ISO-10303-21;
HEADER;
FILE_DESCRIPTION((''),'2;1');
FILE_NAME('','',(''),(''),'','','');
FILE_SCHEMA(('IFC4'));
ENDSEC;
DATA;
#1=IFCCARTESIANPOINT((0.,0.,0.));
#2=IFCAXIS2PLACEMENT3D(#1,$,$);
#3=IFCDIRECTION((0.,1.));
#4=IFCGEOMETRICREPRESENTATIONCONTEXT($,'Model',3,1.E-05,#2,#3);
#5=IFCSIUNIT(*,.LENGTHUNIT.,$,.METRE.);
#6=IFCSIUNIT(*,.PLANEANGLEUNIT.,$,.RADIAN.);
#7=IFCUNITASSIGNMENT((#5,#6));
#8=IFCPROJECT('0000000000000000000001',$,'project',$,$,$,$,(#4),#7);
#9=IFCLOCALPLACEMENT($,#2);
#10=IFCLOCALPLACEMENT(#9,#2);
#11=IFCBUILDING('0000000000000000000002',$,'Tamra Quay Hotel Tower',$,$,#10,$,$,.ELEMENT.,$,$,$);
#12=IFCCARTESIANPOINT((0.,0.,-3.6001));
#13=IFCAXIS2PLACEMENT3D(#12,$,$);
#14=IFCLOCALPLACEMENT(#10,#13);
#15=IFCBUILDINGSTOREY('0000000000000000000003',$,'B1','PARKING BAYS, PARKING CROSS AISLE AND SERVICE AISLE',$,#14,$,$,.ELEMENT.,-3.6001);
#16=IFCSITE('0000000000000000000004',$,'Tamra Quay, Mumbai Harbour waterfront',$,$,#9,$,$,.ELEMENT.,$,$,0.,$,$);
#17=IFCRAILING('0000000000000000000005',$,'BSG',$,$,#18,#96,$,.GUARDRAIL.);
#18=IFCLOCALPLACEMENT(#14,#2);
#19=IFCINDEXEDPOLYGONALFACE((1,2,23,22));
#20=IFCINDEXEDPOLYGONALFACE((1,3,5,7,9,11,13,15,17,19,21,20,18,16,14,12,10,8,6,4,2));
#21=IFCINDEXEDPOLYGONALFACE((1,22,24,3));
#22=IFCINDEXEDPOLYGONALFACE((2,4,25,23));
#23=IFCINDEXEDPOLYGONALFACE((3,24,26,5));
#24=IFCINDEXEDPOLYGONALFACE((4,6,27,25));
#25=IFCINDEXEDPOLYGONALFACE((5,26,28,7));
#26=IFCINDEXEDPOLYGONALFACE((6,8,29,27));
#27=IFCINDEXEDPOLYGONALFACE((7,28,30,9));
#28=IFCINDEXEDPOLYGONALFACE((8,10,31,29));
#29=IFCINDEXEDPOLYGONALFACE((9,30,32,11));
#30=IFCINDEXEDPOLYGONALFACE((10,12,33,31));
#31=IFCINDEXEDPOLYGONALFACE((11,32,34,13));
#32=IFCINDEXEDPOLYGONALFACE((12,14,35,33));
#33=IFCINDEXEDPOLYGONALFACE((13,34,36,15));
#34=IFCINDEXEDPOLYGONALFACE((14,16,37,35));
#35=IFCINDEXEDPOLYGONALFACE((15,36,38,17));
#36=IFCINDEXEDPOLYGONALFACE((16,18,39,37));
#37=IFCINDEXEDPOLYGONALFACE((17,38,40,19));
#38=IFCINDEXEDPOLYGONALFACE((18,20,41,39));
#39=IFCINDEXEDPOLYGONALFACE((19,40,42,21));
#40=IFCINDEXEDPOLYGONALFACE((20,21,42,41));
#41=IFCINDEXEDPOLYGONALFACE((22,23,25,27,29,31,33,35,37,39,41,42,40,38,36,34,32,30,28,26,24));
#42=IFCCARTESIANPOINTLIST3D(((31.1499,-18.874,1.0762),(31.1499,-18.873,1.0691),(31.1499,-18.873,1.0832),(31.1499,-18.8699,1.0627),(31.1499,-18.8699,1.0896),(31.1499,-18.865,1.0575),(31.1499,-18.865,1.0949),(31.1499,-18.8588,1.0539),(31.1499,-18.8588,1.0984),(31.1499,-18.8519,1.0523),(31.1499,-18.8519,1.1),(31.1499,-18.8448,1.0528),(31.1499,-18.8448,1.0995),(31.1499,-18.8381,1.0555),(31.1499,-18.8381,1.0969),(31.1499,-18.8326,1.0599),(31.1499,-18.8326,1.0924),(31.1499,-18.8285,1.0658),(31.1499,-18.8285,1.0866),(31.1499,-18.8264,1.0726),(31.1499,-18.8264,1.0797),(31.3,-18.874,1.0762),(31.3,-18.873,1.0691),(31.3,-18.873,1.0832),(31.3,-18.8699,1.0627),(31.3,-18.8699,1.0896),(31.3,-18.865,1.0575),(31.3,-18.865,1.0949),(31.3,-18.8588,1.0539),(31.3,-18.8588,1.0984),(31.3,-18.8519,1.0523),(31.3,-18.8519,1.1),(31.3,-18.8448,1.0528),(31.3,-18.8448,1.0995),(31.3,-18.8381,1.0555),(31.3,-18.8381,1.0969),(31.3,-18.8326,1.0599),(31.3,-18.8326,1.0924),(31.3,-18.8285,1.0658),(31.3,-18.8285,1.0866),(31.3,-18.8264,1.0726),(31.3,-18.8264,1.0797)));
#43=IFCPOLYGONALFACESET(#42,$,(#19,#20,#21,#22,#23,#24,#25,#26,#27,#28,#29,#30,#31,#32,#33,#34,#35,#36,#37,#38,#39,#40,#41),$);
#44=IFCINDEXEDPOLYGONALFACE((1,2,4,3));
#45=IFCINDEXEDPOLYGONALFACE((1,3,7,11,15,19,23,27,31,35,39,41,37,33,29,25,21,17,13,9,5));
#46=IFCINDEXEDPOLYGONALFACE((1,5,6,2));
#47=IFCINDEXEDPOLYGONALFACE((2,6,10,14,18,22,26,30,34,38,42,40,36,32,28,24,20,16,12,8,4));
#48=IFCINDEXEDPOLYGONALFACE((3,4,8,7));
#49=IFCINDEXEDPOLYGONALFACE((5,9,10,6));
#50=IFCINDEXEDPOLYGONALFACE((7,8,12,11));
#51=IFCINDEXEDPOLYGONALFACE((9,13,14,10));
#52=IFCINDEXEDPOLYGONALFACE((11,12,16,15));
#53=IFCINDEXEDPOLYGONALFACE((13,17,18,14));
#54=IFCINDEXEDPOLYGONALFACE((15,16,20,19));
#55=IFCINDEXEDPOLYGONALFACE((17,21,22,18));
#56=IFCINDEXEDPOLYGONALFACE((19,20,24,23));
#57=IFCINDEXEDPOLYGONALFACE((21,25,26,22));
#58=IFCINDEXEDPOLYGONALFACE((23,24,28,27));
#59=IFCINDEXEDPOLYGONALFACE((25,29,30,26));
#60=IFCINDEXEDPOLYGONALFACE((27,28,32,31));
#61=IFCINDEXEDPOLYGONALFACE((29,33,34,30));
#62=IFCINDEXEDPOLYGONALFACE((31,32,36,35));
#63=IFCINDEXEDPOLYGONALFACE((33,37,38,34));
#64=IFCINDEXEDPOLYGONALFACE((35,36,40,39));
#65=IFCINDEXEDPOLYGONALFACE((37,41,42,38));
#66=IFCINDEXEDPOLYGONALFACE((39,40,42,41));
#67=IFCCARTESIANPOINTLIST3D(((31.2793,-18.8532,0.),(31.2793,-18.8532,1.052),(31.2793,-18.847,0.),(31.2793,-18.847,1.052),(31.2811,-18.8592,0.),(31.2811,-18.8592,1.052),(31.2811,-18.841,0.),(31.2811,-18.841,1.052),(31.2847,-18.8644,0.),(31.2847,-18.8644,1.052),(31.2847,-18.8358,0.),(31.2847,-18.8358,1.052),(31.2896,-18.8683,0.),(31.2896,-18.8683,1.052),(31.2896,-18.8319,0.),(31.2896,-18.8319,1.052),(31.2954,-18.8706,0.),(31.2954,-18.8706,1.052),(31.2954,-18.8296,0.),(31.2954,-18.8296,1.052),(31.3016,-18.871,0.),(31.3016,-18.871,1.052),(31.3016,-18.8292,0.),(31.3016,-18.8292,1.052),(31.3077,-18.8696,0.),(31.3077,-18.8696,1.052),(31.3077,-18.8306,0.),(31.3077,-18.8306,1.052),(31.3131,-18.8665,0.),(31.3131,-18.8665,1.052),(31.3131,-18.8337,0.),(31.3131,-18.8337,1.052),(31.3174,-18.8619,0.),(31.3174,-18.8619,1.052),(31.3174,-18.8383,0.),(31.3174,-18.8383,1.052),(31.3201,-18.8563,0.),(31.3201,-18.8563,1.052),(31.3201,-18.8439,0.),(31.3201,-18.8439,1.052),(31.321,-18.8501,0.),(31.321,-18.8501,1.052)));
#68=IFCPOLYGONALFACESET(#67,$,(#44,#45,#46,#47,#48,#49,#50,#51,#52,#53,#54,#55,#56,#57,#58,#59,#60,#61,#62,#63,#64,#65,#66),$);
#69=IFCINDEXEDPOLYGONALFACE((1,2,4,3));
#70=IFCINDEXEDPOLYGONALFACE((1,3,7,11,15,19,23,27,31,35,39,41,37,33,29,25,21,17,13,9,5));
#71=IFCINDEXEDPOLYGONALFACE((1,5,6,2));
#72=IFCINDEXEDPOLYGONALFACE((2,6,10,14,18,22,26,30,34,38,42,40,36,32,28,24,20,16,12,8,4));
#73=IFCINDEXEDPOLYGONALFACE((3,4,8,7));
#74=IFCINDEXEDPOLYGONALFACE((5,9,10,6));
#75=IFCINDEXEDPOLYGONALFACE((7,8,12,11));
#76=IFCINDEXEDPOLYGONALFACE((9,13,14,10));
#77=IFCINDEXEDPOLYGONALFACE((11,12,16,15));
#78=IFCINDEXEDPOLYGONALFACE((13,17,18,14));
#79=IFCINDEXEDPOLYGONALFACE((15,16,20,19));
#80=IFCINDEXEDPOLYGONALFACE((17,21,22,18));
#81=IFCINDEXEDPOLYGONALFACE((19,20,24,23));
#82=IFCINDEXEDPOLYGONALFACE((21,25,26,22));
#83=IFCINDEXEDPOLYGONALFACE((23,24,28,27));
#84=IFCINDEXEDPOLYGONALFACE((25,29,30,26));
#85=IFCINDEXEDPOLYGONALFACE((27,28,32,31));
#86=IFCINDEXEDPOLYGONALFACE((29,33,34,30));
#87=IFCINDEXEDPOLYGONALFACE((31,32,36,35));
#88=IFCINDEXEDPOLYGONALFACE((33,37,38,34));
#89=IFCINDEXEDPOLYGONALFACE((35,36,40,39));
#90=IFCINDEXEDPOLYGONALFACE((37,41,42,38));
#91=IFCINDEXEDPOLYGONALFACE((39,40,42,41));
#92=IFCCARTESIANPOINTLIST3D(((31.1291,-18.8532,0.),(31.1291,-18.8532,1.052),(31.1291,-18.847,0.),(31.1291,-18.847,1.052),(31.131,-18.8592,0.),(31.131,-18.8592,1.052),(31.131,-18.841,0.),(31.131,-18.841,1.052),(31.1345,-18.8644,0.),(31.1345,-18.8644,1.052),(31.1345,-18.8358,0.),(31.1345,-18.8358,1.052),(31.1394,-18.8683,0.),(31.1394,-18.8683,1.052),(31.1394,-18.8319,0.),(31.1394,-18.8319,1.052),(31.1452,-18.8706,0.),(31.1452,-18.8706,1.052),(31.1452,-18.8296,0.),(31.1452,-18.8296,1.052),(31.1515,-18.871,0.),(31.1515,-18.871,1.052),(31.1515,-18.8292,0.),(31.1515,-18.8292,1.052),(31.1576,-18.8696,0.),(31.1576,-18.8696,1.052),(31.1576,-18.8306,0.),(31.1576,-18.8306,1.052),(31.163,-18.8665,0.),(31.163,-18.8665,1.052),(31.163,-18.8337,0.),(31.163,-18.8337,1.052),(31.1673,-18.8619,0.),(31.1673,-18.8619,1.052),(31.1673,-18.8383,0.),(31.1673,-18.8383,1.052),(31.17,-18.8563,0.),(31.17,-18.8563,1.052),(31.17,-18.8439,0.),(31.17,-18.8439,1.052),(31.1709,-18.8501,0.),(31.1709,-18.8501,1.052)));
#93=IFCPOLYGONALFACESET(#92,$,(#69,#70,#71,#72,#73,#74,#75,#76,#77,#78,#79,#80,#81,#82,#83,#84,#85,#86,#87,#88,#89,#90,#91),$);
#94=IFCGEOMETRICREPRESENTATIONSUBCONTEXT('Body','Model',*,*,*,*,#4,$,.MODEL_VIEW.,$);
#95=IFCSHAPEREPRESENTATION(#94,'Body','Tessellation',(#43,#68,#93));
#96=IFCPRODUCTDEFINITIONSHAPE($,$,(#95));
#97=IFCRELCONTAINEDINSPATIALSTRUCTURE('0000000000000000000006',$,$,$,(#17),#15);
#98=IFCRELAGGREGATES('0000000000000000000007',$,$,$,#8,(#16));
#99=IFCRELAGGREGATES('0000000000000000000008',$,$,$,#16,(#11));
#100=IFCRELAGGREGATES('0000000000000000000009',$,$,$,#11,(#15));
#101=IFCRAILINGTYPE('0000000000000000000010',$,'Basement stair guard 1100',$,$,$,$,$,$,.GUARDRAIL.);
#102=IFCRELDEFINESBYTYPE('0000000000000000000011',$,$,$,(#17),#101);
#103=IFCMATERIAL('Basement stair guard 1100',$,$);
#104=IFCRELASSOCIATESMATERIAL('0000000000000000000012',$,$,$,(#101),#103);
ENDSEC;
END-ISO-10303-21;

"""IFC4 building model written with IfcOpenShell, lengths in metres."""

from ifc_helpers import new_model, si_unit, direction, frame, origin, origin_2d, place, context, subcontext, project, spatial, circle, extrude, material, type_object, element, save


model = new_model("IFC4")

# Units and contexts
model_context = context("Model", 3, precision=1e-05, world=origin(), true_north=direction((0.0, 1.0)))
body_context = subcontext(model_context, "Body", "Model", "MODEL_VIEW")
ifc_project = project(units=[si_unit("LENGTHUNIT", "METRE"), si_unit("PLANEANGLEUNIT", "RADIAN")], contexts=[model_context])

# Site, building, storey
site_placement = place(None, origin())
site = spatial("IfcSite", under=ifc_project, at=site_placement, Name="Tamra Quay, Mumbai Harbour waterfront", CompositionType="ELEMENT", RefElevation=0.0)
building_placement = place(site_placement, origin())
building = spatial("IfcBuilding", under=site, at=building_placement, Name="Tamra Quay Hotel Tower", CompositionType="ELEMENT")
storey_placement = place(building_placement, frame((0.0, 0.0, -3.6001)))
storey = spatial("IfcBuildingStorey", under=building, at=storey_placement, Name="B1", Description="PARKING BAYS, PARKING CROSS AISLE AND SERVICE AISLE", CompositionType="ELEMENT", Elevation=-3.6001)

# Railing
ifc_material_1 = material(Name="Basement stair guard 1100")
railing_type_1 = type_object("IfcRailingType", Name="Basement stair guard 1100", PredefinedType="GUARDRAIL", material=ifc_material_1)
railing_1_placement = place(storey_placement, frame((31.3, -18.8501, 0.0)))
element("IfcRailing", 1, at=railing_1_placement, inside=storey, type_object=railing_type_1, Name="BSG", PredefinedType="GUARDRAIL", context=body_context, shape_type="SweptSolid", body=[
    extrude(circle(Radius=0.0239, at=origin_2d()), frame((0.0, 0.0, 1.0762), z_axis=(-1.0, 0.0, 0.0), x_axis=(0.0, -1.0, 0.0)), (0.0, 0.0, 1.0), 0.1501),
    extrude(circle(Radius=0.021, at=origin_2d()), origin(), (0.0, 0.0, 1.0), 1.052),
    extrude(circle(Radius=0.021, at=origin_2d()), frame((-0.1501, 0.0, 0.0)), (0.0, 0.0, 1.0), 1.052),
])

save(model, "model.ifc")
